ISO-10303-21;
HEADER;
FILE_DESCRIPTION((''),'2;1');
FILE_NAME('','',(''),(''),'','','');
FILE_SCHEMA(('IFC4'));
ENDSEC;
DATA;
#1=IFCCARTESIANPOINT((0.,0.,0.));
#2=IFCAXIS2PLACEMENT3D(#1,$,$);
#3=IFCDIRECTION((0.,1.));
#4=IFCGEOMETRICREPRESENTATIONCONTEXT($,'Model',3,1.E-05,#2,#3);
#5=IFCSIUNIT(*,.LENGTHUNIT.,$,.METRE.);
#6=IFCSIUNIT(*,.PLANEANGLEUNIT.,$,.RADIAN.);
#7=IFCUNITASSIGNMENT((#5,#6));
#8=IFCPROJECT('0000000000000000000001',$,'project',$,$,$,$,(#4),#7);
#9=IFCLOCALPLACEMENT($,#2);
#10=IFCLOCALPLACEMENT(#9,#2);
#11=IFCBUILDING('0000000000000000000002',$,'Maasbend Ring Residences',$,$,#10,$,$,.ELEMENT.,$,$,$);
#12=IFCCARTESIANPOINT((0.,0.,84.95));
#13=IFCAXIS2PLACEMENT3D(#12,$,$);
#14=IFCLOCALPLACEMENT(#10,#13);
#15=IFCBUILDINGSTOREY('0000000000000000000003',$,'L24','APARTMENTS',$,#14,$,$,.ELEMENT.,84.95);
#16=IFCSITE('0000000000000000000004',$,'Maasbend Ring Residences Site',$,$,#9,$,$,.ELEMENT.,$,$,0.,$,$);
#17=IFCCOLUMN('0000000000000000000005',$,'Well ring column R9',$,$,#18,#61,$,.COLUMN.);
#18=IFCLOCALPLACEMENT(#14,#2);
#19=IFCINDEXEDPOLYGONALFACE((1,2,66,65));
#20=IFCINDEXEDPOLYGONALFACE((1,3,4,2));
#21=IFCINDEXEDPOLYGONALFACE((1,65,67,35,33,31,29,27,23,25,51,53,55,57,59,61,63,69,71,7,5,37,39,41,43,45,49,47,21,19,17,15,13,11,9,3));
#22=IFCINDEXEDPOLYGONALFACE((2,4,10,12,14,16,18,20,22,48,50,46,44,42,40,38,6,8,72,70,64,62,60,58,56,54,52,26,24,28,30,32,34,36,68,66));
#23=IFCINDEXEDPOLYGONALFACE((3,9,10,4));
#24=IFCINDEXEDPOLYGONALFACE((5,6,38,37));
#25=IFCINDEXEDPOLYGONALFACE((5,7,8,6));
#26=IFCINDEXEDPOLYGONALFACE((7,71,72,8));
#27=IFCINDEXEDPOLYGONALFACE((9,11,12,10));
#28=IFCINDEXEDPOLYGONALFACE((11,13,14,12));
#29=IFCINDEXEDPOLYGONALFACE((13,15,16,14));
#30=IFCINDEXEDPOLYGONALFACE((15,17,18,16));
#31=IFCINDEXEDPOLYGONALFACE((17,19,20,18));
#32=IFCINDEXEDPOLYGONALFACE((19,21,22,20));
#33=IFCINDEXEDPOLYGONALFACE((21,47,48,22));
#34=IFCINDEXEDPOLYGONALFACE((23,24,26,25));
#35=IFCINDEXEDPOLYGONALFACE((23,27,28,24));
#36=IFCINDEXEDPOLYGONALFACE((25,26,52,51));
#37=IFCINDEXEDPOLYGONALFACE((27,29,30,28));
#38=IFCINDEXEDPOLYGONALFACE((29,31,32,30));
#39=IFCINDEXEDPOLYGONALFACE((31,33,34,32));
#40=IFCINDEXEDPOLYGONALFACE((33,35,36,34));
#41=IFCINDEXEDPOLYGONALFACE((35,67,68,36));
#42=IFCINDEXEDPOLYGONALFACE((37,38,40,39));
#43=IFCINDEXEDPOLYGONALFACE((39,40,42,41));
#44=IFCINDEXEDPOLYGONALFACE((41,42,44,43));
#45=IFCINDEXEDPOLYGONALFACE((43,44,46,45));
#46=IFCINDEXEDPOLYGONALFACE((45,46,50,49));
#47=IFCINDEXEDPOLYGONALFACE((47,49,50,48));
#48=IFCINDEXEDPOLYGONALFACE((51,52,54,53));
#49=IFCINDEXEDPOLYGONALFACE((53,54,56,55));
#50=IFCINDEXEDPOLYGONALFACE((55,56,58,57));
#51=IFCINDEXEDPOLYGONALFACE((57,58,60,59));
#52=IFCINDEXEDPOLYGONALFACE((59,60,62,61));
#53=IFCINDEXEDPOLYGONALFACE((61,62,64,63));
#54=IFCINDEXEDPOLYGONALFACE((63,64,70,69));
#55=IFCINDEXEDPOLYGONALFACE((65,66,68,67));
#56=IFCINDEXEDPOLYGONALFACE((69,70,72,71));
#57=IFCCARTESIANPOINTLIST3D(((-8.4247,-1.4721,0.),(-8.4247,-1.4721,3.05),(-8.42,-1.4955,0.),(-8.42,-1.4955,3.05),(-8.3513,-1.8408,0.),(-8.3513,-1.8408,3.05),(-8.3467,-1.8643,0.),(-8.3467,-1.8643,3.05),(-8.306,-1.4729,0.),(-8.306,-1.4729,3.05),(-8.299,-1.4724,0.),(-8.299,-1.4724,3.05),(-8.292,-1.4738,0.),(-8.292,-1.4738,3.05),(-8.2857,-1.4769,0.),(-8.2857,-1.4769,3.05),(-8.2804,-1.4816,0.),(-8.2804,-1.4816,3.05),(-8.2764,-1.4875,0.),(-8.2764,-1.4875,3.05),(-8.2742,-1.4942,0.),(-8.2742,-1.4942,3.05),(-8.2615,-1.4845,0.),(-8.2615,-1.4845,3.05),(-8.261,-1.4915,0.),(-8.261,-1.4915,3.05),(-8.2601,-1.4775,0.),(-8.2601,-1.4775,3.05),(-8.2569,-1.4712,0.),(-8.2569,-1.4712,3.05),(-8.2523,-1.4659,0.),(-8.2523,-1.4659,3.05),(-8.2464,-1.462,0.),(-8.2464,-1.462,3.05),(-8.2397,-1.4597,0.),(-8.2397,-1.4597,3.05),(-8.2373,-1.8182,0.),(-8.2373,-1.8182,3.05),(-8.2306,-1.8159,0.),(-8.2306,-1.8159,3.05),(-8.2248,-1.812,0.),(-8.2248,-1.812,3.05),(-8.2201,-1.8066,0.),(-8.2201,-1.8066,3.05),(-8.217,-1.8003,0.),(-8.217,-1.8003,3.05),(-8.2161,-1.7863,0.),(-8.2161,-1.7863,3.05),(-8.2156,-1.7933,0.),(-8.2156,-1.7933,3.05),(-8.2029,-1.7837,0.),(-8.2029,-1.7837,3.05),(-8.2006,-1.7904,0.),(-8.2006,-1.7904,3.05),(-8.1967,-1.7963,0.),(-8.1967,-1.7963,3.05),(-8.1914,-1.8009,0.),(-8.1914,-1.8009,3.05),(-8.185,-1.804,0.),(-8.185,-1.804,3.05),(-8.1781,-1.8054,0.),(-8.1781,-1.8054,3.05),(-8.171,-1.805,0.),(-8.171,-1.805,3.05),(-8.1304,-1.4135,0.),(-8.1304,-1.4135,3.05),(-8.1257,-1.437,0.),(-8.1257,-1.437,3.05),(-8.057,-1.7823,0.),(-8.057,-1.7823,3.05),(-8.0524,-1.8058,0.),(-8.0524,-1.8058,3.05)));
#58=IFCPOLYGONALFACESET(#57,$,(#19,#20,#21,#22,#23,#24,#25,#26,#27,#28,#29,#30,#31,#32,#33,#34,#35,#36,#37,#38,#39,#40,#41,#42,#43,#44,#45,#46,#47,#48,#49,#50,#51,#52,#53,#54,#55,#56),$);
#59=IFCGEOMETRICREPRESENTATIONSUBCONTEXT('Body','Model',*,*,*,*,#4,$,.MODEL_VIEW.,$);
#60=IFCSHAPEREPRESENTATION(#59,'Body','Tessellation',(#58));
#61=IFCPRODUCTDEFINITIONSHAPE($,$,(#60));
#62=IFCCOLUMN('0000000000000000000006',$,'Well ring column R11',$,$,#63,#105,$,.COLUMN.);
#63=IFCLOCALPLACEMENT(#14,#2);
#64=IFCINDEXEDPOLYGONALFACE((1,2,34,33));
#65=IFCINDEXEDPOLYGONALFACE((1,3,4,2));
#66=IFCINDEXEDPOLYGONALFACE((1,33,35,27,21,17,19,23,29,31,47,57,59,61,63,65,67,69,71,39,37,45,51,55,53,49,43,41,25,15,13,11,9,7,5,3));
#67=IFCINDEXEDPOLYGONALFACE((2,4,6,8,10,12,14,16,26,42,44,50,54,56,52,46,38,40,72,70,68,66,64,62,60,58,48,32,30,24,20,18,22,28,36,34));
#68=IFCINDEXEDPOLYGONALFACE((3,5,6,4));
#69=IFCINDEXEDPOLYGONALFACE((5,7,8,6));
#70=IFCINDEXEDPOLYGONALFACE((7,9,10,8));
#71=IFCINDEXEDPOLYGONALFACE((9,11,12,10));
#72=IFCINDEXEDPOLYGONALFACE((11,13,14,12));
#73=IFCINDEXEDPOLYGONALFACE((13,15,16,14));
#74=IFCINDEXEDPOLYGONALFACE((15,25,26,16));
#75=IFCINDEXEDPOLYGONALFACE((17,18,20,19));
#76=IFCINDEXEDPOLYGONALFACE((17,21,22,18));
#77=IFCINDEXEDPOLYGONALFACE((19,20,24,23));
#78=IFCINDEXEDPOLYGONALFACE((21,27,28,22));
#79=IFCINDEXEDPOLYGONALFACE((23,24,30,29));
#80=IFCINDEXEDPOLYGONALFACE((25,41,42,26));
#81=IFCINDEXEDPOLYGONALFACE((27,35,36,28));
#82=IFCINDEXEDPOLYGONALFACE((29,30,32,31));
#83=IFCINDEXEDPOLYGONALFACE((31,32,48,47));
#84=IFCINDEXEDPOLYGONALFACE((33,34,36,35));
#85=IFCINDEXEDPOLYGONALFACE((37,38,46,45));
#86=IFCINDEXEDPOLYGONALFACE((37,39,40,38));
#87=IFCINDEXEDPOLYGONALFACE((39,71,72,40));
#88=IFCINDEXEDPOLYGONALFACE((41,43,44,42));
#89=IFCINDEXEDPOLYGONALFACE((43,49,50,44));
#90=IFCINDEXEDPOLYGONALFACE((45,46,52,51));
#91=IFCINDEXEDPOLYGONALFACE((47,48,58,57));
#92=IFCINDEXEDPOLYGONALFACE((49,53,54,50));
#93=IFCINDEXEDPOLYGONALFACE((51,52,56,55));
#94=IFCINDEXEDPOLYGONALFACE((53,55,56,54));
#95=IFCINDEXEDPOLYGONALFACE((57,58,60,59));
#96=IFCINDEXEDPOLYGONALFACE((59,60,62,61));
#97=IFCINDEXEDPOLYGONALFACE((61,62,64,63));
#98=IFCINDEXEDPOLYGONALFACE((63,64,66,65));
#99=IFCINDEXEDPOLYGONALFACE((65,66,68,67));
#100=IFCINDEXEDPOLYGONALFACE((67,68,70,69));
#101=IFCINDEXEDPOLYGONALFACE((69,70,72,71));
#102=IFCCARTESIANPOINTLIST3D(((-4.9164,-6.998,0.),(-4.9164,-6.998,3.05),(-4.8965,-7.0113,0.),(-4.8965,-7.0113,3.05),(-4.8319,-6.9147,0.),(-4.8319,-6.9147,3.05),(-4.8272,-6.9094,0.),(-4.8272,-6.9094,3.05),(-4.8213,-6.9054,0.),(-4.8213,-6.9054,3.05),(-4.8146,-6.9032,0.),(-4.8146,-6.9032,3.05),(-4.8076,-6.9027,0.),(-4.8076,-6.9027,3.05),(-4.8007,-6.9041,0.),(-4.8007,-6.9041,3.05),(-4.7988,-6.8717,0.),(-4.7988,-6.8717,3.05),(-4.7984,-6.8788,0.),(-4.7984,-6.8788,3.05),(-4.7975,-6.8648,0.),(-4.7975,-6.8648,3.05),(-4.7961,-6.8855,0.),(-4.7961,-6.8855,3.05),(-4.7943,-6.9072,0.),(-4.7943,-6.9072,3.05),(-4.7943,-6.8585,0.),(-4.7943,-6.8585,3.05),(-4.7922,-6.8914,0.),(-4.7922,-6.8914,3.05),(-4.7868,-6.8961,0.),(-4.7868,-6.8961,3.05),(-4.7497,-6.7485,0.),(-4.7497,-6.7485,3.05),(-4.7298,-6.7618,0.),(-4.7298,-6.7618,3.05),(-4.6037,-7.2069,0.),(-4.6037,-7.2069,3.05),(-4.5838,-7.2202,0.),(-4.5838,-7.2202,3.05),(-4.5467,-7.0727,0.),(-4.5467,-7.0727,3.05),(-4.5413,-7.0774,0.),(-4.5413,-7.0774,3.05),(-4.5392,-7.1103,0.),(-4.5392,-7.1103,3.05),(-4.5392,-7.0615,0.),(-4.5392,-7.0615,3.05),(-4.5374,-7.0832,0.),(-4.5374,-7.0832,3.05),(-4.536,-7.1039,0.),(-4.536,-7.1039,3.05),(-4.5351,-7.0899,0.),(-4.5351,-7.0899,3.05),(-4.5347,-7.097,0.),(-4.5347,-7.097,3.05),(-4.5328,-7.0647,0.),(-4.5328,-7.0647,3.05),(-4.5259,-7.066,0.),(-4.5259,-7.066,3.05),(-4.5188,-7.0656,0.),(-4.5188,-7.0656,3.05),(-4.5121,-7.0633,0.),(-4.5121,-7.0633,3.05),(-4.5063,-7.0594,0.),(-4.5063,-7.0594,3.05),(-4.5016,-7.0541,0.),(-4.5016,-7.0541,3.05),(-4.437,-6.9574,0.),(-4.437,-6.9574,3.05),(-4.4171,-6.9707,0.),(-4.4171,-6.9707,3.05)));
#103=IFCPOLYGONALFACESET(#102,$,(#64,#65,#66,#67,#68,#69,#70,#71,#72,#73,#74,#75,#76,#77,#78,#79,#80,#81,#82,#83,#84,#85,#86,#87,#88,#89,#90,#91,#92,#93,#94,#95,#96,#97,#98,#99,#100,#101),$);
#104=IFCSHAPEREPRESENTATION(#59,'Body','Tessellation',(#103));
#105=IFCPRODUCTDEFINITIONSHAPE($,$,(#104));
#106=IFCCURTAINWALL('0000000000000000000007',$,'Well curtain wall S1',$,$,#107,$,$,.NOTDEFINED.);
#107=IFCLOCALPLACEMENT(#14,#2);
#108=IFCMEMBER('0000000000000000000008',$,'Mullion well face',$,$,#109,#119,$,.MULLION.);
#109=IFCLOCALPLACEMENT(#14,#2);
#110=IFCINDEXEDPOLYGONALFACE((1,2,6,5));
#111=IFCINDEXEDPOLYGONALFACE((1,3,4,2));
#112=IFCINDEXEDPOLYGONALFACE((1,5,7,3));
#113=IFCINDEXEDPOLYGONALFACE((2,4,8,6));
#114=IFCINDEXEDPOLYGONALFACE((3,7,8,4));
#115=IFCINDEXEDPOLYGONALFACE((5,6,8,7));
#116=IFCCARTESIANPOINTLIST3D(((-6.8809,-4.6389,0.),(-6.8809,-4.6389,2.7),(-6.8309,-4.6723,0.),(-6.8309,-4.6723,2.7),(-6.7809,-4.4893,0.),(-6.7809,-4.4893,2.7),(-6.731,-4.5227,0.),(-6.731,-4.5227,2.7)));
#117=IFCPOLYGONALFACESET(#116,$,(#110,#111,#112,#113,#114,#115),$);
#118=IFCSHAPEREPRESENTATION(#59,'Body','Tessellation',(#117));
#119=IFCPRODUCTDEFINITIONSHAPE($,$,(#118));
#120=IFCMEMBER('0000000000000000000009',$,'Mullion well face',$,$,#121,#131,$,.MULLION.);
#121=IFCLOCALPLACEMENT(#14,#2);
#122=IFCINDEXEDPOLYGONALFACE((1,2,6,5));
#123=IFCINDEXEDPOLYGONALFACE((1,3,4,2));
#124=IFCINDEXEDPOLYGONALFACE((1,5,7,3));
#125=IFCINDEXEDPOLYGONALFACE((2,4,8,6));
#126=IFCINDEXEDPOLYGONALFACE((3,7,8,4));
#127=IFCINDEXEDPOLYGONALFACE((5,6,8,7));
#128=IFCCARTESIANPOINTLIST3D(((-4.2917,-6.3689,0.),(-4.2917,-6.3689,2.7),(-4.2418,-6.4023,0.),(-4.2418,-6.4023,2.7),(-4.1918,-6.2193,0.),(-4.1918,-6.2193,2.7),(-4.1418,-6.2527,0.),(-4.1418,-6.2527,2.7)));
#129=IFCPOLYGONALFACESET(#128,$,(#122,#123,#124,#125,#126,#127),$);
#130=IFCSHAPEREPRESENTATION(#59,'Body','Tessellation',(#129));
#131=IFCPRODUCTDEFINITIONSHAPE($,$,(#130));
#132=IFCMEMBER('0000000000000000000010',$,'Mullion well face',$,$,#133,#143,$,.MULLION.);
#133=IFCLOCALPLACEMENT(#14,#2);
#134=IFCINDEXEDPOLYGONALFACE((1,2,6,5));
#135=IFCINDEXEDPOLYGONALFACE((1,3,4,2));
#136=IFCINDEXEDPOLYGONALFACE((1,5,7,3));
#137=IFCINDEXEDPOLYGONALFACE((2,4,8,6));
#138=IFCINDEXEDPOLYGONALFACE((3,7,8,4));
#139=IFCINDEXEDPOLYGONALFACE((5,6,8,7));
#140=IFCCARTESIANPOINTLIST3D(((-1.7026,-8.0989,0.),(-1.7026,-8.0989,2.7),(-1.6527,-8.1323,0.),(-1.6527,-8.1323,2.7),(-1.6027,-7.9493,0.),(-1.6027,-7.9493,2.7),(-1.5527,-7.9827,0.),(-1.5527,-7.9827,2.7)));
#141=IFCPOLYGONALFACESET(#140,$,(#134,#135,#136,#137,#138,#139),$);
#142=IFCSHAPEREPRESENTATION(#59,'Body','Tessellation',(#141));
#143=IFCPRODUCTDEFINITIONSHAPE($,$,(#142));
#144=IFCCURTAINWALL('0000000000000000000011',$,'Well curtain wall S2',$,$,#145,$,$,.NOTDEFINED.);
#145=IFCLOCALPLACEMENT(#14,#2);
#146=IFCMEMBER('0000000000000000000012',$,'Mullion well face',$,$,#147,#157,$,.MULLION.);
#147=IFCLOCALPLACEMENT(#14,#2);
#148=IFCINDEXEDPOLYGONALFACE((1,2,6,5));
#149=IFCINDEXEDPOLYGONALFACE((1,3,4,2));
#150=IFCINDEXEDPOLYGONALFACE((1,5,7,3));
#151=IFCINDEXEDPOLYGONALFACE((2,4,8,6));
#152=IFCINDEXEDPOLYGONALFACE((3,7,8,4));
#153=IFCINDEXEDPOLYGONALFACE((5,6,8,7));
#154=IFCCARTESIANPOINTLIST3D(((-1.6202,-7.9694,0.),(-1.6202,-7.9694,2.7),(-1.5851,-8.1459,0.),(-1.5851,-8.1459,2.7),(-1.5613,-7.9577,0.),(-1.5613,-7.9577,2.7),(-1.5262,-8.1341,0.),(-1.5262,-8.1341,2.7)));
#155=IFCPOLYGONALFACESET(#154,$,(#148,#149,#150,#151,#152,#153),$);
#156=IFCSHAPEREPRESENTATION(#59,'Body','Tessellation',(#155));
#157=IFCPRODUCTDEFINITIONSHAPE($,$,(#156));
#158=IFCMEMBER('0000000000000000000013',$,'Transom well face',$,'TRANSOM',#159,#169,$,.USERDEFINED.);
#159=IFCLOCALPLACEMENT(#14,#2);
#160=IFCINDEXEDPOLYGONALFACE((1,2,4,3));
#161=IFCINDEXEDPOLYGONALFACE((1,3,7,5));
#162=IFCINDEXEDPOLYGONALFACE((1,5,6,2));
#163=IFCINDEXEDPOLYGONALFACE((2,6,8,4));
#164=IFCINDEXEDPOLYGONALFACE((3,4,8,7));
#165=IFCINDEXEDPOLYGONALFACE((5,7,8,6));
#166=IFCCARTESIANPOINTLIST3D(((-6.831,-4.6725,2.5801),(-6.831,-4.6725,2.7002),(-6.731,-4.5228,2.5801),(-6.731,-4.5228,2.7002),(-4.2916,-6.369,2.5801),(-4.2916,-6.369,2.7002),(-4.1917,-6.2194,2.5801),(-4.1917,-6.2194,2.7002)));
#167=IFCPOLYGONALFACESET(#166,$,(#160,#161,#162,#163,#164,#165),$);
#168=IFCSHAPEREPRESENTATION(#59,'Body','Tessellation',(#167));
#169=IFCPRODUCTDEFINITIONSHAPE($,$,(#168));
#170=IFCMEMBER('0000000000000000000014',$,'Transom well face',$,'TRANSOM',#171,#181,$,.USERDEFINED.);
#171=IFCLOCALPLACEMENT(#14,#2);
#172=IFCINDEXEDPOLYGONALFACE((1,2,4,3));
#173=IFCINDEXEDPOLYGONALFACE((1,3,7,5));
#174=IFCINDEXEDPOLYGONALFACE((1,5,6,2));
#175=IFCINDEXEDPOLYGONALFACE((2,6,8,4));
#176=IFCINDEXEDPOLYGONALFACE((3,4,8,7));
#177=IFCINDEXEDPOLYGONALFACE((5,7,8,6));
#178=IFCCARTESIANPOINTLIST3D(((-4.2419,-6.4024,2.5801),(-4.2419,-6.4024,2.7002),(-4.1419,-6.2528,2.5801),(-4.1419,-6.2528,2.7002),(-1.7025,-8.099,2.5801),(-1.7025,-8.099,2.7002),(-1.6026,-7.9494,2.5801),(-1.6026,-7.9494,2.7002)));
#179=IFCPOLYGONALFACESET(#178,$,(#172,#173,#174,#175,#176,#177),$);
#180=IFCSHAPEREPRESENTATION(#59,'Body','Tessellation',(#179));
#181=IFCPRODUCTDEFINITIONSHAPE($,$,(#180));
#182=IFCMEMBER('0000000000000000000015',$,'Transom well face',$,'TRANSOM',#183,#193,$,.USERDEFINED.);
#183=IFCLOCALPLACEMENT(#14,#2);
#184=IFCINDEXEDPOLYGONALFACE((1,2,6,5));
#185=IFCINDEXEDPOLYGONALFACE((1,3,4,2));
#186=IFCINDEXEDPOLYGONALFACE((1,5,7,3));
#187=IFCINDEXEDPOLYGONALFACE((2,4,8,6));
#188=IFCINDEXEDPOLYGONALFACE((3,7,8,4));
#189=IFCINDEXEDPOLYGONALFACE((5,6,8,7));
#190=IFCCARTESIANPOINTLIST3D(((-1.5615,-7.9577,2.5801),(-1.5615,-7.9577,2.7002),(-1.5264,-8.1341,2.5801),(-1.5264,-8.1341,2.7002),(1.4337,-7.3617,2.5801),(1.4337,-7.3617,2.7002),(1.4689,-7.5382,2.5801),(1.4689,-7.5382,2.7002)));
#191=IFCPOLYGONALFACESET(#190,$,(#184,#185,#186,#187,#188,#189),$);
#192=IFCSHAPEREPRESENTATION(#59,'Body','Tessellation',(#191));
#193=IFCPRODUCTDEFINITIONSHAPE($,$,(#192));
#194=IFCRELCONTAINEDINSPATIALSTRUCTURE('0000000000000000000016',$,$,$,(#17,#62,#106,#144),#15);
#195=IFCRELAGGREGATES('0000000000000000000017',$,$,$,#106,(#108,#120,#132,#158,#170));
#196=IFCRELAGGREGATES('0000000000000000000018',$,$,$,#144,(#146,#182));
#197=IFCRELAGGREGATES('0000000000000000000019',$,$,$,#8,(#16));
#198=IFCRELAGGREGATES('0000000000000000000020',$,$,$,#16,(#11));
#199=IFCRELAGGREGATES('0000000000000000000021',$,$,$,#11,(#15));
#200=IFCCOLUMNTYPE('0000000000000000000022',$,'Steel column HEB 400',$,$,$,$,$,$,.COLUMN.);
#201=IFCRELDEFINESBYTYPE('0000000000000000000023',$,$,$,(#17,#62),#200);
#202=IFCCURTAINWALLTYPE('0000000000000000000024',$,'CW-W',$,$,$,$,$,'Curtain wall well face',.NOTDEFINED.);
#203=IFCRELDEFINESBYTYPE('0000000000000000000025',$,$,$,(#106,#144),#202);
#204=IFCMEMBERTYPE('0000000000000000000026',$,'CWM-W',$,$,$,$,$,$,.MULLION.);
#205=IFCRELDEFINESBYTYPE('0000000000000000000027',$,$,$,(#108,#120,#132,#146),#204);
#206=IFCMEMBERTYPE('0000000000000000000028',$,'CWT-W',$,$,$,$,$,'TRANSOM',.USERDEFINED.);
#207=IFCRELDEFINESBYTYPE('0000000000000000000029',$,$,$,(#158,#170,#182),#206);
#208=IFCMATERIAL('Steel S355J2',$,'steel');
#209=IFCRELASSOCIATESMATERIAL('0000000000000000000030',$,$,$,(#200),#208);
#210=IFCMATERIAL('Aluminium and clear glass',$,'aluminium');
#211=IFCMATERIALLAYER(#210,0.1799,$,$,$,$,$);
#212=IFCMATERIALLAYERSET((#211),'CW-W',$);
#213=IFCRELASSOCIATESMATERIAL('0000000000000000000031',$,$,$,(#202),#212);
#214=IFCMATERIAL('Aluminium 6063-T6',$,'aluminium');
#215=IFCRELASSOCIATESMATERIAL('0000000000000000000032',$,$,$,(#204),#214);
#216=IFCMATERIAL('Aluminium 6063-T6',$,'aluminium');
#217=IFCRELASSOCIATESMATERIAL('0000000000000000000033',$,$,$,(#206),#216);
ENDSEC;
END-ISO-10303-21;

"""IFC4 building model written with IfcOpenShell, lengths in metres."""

from ifc_helpers import new_model, si_unit, direction, frame, origin, origin_2d, place, context, subcontext, project, spatial, rectangle, i_section, extrude, material, layer, layer_set, material_profile, profile_set, type_object, element, aggregate, save


model = new_model("IFC4")

# Units and contexts
model_context = context("Model", 3, precision=1e-05, world=origin(), true_north=direction((0.0, 1.0)))
body_context = subcontext(model_context, "Body", "Model", "MODEL_VIEW")
ifc_project = project(units=[si_unit("LENGTHUNIT", "METRE"), si_unit("PLANEANGLEUNIT", "RADIAN")], contexts=[model_context])

# Site, building, storey
site_placement = place(None, origin())
site = spatial("IfcSite", under=ifc_project, at=site_placement, Name="Maasbend Ring Residences Site", CompositionType="ELEMENT", RefElevation=0.0)
building_placement = place(site_placement, origin())
building = spatial("IfcBuilding", under=site, at=building_placement, Name="Maasbend Ring Residences", CompositionType="ELEMENT")
storey_placement = place(building_placement, frame((0.0, 0.0, 84.95)))
storey = spatial("IfcBuildingStorey", under=building, at=storey_placement, Name="L24", Description="APARTMENTS", CompositionType="ELEMENT", Elevation=84.95)

# Columns
ifc_material_1 = material(Name="Steel S355J2", Category="steel")
ifc_material_profile_1 = material_profile(ifc_material_1, i_section(OverallWidth=0.3, OverallDepth=0.3999, WebThickness=0.0134, FlangeThickness=0.0239, FilletRadius=0.0271, at=origin_2d()), Name="HEB 400")
ifc_profile_set_1 = profile_set([ifc_material_profile_1], Name="Steel S355J2")
column_type = type_object("IfcColumnType", Name="Steel column HEB 400", PredefinedType="COLUMN", material=ifc_profile_set_1)
for number, where, z_axis, x_axis, name in (
    (1, (-8.2385, -1.6389, 0.0), (0.0, 0.0, 1.0), (-0.980785, -0.19509, 0.0), "Well ring column R9"),
    (2, (-4.6667, -6.9844, 0.0), (0.0, 0.0, 1.0), (-0.55557, -0.83147, 0.0), "Well ring column R11"),
):
    element("IfcColumn", number, at=place(storey_placement, frame(where, z_axis=z_axis, x_axis=x_axis)), inside=storey, type_object=column_type, Name=name, PredefinedType="COLUMN", context=body_context, shape_type="SweptSolid", body=[
        extrude(i_section(OverallWidth=0.3, OverallDepth=0.3999, WebThickness=0.0134, FlangeThickness=0.0239, FilletRadius=0.0271, at=origin_2d()), origin(), (0.0, 0.0, 1.0), 3.05),
    ])

# Curtain wall, members
ifc_material_2 = material(Name="Aluminium and clear glass", Category="aluminium")
ifc_layer_1 = layer(ifc_material_2, 0.1799)
ifc_layer_set_1 = layer_set([ifc_layer_1], Name="CW-W")
curtain_wall_type = type_object("IfcCurtainWallType", Name="CW-W", ElementType="Curtain wall well face", PredefinedType="NOTDEFINED", material=ifc_layer_set_1)
curtain_wall_1_placement = place(storey_placement, origin())
curtain_wall_1 = element("IfcCurtainWall", 3, at=curtain_wall_1_placement, inside=storey, type_object=curtain_wall_type, Name="Well curtain wall S1", PredefinedType="NOTDEFINED")
ifc_material_3 = material(Name="Aluminium 6063-T6", Category="aluminium")
ifc_material_profile_2 = material_profile(ifc_material_3, rectangle(XDim=0.1799, YDim=0.0601, at=origin_2d()), Name="AL 180x60")
ifc_profile_set_2 = profile_set([ifc_material_profile_2], Name="Aluminium 6063-T6")
member_type_1 = type_object("IfcMemberType", Name="CWM-W", PredefinedType="MULLION", material=ifc_profile_set_2)
member_1_placement = place(storey_placement, frame((-6.8059, -4.5808, 0.0), z_axis=(0.0, 0.0, 1.0), x_axis=(0.55557, 0.83147, 0.0)))
member_1 = element("IfcMember", 4, at=member_1_placement, type_object=member_type_1, Name="Mullion well face", PredefinedType="MULLION", context=body_context, shape_type="SweptSolid", body=[
    extrude(rectangle(XDim=0.1799, YDim=0.0601, at=origin_2d()), origin(), (0.0, 0.0, 1.0), 2.7),
])
member_2_placement = place(storey_placement, frame((-4.2168, -6.3108, 0.0), z_axis=(0.0, 0.0, 1.0), x_axis=(0.55557, 0.83147, 0.0)))
member_2 = element("IfcMember", 5, at=member_2_placement, type_object=member_type_1, Name="Mullion well face", PredefinedType="MULLION", context=body_context, shape_type="SweptSolid", body=[
    extrude(rectangle(XDim=0.1799, YDim=0.0601, at=origin_2d()), origin(), (0.0, 0.0, 1.0), 2.7),
])
member_3_placement = place(storey_placement, frame((-1.6277, -8.0408, 0.0), z_axis=(0.0, 0.0, 1.0), x_axis=(0.55557, 0.83147, 0.0)))
member_3 = element("IfcMember", 6, at=member_3_placement, type_object=member_type_1, Name="Mullion well face", PredefinedType="MULLION", context=body_context, shape_type="SweptSolid", body=[
    extrude(rectangle(XDim=0.1799, YDim=0.0601, at=origin_2d()), origin(), (0.0, 0.0, 1.0), 2.7),
])

# Curtain wall, member
curtain_wall_2_placement = place(storey_placement, origin())
curtain_wall_2 = element("IfcCurtainWall", 7, at=curtain_wall_2_placement, inside=storey, type_object=curtain_wall_type, Name="Well curtain wall S2", PredefinedType="NOTDEFINED")
member_4_placement = place(storey_placement, frame((-1.5732, -8.0518, 0.0), z_axis=(0.0, 0.0, 1.0), x_axis=(-0.19509, 0.980785, 0.0)))
member_4 = element("IfcMember", 8, at=member_4_placement, type_object=member_type_1, Name="Mullion well face", PredefinedType="MULLION", context=body_context, shape_type="SweptSolid", body=[
    extrude(rectangle(XDim=0.1799, YDim=0.0601, at=origin_2d()), origin(), (0.0, 0.0, 1.0), 2.7),
])

# Members
ifc_material_4 = material(Name="Aluminium 6063-T6", Category="aluminium")
ifc_material_profile_3 = material_profile(ifc_material_4, rectangle(XDim=0.1799, YDim=0.1201, at=origin_2d()), Name="AL 180x120")
ifc_profile_set_3 = profile_set([ifc_material_profile_3], Name="Aluminium 6063-T6")
member_type_2 = type_object("IfcMemberType", Name="CWT-W", ElementType="TRANSOM", PredefinedType="USERDEFINED", material=ifc_profile_set_3)
member_5_placement = place(storey_placement, frame((-6.781, -4.5977, 2.6401), z_axis=(0.831496, -0.55553, 0.0), x_axis=(0.55553, 0.831496, 0.0)))
member_5 = element("IfcMember", 9, at=member_5_placement, type_object=member_type_2, Name="Transom well face", ObjectType="TRANSOM", PredefinedType="USERDEFINED", context=body_context, shape_type="SweptSolid", body=[
    extrude(rectangle(XDim=0.1799, YDim=0.1201, at=origin_2d()), origin(), (0.0, 0.0, 1.0), 3.054),
])
member_6_placement = place(storey_placement, frame((-4.1919, -6.3276, 2.6401), z_axis=(0.831496, -0.55553, 0.0), x_axis=(0.55553, 0.831496, 0.0)))
member_6 = element("IfcMember", 10, at=member_6_placement, type_object=member_type_2, Name="Transom well face", ObjectType="TRANSOM", PredefinedType="USERDEFINED", context=body_context, shape_type="SweptSolid", body=[
    extrude(rectangle(XDim=0.1799, YDim=0.1201, at=origin_2d()), origin(), (0.0, 0.0, 1.0), 3.054),
])
member_7_placement = place(storey_placement, frame((-1.5439, -8.0459, 2.6401), z_axis=(0.980777, 0.195132, 0.0), x_axis=(-0.195132, 0.980777, 0.0)))
member_7 = element("IfcMember", 11, at=member_7_placement, type_object=member_type_2, Name="Transom well face", ObjectType="TRANSOM", PredefinedType="USERDEFINED", context=body_context, shape_type="SweptSolid", body=[
    extrude(rectangle(XDim=0.1799, YDim=0.1201, at=origin_2d()), origin(), (0.0, 0.0, 1.0), 3.054),
])

aggregate(curtain_wall_1, [member_1, member_2, member_3, member_5, member_6])
aggregate(curtain_wall_2, [member_4, member_7])

save(model, "model.ifc")
